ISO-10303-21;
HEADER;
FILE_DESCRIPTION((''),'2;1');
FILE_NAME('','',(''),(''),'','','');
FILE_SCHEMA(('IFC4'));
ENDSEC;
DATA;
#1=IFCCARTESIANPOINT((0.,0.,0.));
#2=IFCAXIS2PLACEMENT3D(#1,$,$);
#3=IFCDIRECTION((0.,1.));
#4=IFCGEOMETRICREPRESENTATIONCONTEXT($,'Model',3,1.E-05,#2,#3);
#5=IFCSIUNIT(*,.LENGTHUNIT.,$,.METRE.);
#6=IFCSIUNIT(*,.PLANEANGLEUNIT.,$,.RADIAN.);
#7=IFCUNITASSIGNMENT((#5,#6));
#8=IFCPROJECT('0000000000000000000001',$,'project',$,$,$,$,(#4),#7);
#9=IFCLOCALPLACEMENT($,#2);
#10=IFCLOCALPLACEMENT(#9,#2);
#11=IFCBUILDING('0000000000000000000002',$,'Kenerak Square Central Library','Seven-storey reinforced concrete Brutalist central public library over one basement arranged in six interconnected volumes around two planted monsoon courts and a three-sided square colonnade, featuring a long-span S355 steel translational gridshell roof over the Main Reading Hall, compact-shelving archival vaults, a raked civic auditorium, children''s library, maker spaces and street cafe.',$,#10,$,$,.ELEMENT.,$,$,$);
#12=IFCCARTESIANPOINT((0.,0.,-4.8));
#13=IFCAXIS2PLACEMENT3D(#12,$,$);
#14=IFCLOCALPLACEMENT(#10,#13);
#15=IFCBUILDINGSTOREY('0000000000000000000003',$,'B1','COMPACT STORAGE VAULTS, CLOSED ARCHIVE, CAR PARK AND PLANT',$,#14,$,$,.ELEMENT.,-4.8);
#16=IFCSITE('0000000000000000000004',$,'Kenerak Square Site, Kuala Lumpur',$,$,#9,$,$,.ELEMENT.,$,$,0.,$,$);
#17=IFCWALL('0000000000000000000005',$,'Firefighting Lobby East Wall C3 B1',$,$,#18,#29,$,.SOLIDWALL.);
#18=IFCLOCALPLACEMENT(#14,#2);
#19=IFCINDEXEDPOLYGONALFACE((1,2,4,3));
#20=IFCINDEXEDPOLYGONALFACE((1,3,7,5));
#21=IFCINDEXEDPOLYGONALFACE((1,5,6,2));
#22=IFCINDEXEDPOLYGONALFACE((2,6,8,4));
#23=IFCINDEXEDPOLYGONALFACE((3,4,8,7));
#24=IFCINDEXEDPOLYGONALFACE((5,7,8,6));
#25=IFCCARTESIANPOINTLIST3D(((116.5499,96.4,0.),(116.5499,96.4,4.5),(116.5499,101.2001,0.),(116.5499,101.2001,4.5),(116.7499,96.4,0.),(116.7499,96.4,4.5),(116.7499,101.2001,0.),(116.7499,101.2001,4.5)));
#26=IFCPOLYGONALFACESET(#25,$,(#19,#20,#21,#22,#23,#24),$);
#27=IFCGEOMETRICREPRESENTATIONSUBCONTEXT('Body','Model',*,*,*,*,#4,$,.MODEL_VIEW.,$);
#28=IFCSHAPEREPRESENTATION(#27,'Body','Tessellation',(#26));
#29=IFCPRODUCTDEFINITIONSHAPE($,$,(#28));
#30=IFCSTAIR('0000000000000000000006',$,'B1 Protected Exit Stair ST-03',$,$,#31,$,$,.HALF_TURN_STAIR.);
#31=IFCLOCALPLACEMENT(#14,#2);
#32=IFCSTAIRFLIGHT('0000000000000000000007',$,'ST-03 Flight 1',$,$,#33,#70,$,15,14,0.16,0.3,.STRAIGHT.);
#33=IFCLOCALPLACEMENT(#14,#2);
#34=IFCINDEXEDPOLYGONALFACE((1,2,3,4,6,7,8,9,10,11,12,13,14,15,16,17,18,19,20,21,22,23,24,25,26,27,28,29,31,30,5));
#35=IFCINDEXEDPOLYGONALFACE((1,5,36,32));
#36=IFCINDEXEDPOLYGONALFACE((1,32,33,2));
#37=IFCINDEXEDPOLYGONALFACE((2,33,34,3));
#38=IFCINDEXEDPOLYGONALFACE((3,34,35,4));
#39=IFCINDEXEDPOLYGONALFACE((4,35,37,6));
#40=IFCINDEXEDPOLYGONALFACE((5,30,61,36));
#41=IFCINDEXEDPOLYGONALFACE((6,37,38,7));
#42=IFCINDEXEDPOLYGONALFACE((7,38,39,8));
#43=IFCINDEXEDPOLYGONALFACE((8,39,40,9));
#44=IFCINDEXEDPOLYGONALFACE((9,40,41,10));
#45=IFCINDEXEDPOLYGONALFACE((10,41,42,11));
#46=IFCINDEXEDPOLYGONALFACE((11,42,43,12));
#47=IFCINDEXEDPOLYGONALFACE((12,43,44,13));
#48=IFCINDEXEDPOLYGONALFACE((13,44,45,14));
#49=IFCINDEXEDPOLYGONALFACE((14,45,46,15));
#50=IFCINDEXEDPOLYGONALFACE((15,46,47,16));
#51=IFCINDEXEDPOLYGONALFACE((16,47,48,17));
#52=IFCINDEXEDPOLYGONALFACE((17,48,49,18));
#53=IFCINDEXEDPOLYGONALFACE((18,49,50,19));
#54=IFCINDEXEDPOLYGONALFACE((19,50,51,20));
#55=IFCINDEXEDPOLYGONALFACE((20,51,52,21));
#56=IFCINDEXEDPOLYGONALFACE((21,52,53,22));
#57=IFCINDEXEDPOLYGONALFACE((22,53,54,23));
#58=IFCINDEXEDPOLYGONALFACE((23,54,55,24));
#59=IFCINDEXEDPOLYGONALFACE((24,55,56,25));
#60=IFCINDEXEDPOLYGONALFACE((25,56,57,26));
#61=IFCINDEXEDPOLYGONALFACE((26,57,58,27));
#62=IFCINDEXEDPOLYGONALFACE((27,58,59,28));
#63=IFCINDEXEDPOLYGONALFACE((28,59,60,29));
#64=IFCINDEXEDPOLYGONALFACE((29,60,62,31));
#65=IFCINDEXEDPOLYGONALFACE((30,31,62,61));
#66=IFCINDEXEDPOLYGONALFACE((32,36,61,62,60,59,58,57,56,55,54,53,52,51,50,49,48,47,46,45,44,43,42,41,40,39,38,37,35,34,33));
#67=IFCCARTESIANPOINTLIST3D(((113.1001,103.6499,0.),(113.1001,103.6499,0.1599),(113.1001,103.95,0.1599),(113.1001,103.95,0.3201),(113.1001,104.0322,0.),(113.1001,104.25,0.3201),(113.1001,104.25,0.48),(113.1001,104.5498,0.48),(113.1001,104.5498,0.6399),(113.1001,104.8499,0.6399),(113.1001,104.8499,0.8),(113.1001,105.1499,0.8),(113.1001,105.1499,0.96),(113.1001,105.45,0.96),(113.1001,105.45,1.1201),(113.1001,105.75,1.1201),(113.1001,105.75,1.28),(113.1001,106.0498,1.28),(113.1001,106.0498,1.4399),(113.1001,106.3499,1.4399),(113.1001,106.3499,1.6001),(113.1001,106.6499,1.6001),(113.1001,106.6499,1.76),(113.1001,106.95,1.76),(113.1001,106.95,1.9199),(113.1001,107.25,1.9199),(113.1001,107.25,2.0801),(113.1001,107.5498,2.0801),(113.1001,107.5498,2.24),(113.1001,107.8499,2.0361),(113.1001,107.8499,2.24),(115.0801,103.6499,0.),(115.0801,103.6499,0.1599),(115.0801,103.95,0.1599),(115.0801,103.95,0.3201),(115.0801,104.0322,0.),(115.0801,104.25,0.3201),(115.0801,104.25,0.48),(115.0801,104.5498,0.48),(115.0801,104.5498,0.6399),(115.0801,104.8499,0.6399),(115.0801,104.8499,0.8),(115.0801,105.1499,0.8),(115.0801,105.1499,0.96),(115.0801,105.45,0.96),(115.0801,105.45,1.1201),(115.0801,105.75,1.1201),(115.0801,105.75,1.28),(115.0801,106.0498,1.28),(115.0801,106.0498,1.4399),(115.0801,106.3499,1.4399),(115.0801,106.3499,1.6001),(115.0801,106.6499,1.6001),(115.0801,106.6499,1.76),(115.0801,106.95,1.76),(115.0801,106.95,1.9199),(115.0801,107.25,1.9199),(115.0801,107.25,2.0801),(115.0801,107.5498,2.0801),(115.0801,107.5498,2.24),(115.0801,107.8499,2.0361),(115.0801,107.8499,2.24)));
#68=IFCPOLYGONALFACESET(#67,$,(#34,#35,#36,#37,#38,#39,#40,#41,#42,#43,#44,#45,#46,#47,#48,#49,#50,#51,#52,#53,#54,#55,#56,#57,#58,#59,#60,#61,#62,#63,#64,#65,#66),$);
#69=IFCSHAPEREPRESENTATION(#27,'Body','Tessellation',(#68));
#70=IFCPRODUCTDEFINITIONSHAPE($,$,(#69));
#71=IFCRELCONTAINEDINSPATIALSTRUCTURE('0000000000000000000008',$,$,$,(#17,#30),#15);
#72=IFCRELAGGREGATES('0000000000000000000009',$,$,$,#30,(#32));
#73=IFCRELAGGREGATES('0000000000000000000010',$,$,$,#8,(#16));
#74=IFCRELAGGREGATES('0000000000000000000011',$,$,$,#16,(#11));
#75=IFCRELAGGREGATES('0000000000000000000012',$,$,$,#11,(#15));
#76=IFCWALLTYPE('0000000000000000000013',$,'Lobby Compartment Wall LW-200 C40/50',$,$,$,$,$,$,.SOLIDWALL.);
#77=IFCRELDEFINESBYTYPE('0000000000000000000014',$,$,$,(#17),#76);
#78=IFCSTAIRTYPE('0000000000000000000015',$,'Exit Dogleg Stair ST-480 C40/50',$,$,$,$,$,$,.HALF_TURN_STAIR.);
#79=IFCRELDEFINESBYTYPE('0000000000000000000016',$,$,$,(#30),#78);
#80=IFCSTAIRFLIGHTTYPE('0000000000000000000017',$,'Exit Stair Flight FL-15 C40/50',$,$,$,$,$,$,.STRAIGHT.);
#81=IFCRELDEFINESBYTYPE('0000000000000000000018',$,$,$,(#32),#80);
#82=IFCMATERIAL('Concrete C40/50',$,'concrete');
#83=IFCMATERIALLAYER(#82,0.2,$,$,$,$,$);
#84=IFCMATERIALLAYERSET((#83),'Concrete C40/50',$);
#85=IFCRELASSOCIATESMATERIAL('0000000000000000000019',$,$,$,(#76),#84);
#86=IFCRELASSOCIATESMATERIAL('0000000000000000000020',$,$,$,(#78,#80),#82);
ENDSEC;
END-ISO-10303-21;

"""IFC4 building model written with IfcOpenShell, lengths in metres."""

from ifc_helpers import new_model, si_unit, direction, frame, frame_2d, origin, place, context, subcontext, project, spatial, polyline, rectangle, outline, extrude, material, layer, layer_set, type_object, element, aggregate, save


model = new_model("IFC4")

# Units and contexts
model_context = context("Model", 3, precision=1e-05, world=origin(), true_north=direction((0.0, 1.0)))
body_context = subcontext(model_context, "Body", "Model", "MODEL_VIEW")
ifc_project = project(units=[si_unit("LENGTHUNIT", "METRE"), si_unit("PLANEANGLEUNIT", "RADIAN")], contexts=[model_context])

# Site, building, storey
site_placement = place(None, origin())
site = spatial("IfcSite", under=ifc_project, at=site_placement, Name="Kenerak Square Site, Kuala Lumpur", CompositionType="ELEMENT", RefElevation=0.0)
building_placement = place(site_placement, origin())
building = spatial("IfcBuilding", under=site, at=building_placement, Name="Kenerak Square Central Library", Description="Seven-storey reinforced concrete Brutalist central public library over one basement arranged in six interconnected volumes around two planted monsoon courts and a three-sided square colonnade, featuring a long-span S355 steel translational gridshell roof over the Main Reading Hall, compact-shelving archival vaults, a raked civic auditorium, children's library, maker spaces and street cafe.", CompositionType="ELEMENT")
storey_placement = place(building_placement, frame((0.0, 0.0, -4.8)))
storey = spatial("IfcBuildingStorey", under=building, at=storey_placement, Name="B1", Description="COMPACT STORAGE VAULTS, CLOSED ARCHIVE, CAR PARK AND PLANT", CompositionType="ELEMENT", Elevation=-4.8)

# Shared definitions
ifc_material_1 = material(Name="Concrete C40/50", Category="concrete")

# Wall
ifc_layer_1 = layer(ifc_material_1, 0.2)
ifc_layer_set_1 = layer_set([ifc_layer_1], Name="Concrete C40/50")
wall_type_1 = type_object("IfcWallType", Name="Lobby Compartment Wall LW-200 C40/50", PredefinedType="SOLIDWALL", material=ifc_layer_set_1)
wall_1_placement = place(storey_placement, frame((116.6499, 101.2, 0.0), z_axis=(0.0, 0.0, 1.0), x_axis=(0.0, -1.0, 0.0)))
element("IfcWall", 1, at=wall_1_placement, inside=storey, type_object=wall_type_1, Name="Firefighting Lobby East Wall C3 B1", PredefinedType="SOLIDWALL", context=body_context, shape_type="SweptSolid", body=[
    extrude(rectangle(XDim=4.8, YDim=0.2, at=frame_2d((2.3999, 0.0))), origin(), (0.0, 0.0, 1.0), 4.5),
])

# Stair, stair flight
stair_type = type_object("IfcStairType", Name="Exit Dogleg Stair ST-480 C40/50", PredefinedType="HALF_TURN_STAIR", material=ifc_material_1)
stair_placement = place(storey_placement, origin())
stair = element("IfcStair", 2, at=stair_placement, inside=storey, type_object=stair_type, Name="B1 Protected Exit Stair ST-03", PredefinedType="HALF_TURN_STAIR")
stair_flight_type = type_object("IfcStairFlightType", Name="Exit Stair Flight FL-15 C40/50", PredefinedType="STRAIGHT", material=ifc_material_1)
stair_flight_placement = place(storey_placement, frame((114.0901, 103.6499, 0.0), z_axis=(0.0, 0.0, 1.0), x_axis=(0.0, 1.0, 0.0)))
stair_flight = element("IfcStairFlight", 3, at=stair_flight_placement, type_object=stair_flight_type, Name="ST-03 Flight 1", NumberOfRisers=15, NumberOfTreads=14, PredefinedType="STRAIGHT", RiserHeight=0.16, TreadLength=0.3, context=body_context, shape_type="SweptSolid", body=[
    extrude(outline(polyline([(0.0, 0.0), (0.0, 0.1599), (0.3, 0.1599), (0.3, 0.3201), (0.6001, 0.3201), (0.6001, 0.48), (0.8999, 0.48), (0.8999, 0.6399), (1.2, 0.6399), (1.2, 0.8), (1.5, 0.8), (1.5, 0.96), (1.8, 0.96), (1.8, 1.1201), (2.1001, 1.1201), (2.1001, 1.28), (2.3999, 1.28), (2.3999, 1.4399), (2.7, 1.4399), (2.7, 1.6001), (3.0, 1.6001), (3.0, 1.76), (3.3, 1.76), (3.3, 1.9199), (3.6001, 1.9199), (3.6001, 2.0801), (3.8999, 2.0801), (3.8999, 2.24), (4.2, 2.24), (4.2, 2.3999), (4.2, 2.0361), (0.3823, 0.0), (0.0, 0.0)])), frame((0.0, 0.99, 0.0), z_axis=(0.0, -1.0, 0.0), x_axis=(1.0, 0.0, 0.0)), (0.0, 0.0, 1.0), 1.98),
])
aggregate(stair, [stair_flight])

save(model, "model.ifc")
